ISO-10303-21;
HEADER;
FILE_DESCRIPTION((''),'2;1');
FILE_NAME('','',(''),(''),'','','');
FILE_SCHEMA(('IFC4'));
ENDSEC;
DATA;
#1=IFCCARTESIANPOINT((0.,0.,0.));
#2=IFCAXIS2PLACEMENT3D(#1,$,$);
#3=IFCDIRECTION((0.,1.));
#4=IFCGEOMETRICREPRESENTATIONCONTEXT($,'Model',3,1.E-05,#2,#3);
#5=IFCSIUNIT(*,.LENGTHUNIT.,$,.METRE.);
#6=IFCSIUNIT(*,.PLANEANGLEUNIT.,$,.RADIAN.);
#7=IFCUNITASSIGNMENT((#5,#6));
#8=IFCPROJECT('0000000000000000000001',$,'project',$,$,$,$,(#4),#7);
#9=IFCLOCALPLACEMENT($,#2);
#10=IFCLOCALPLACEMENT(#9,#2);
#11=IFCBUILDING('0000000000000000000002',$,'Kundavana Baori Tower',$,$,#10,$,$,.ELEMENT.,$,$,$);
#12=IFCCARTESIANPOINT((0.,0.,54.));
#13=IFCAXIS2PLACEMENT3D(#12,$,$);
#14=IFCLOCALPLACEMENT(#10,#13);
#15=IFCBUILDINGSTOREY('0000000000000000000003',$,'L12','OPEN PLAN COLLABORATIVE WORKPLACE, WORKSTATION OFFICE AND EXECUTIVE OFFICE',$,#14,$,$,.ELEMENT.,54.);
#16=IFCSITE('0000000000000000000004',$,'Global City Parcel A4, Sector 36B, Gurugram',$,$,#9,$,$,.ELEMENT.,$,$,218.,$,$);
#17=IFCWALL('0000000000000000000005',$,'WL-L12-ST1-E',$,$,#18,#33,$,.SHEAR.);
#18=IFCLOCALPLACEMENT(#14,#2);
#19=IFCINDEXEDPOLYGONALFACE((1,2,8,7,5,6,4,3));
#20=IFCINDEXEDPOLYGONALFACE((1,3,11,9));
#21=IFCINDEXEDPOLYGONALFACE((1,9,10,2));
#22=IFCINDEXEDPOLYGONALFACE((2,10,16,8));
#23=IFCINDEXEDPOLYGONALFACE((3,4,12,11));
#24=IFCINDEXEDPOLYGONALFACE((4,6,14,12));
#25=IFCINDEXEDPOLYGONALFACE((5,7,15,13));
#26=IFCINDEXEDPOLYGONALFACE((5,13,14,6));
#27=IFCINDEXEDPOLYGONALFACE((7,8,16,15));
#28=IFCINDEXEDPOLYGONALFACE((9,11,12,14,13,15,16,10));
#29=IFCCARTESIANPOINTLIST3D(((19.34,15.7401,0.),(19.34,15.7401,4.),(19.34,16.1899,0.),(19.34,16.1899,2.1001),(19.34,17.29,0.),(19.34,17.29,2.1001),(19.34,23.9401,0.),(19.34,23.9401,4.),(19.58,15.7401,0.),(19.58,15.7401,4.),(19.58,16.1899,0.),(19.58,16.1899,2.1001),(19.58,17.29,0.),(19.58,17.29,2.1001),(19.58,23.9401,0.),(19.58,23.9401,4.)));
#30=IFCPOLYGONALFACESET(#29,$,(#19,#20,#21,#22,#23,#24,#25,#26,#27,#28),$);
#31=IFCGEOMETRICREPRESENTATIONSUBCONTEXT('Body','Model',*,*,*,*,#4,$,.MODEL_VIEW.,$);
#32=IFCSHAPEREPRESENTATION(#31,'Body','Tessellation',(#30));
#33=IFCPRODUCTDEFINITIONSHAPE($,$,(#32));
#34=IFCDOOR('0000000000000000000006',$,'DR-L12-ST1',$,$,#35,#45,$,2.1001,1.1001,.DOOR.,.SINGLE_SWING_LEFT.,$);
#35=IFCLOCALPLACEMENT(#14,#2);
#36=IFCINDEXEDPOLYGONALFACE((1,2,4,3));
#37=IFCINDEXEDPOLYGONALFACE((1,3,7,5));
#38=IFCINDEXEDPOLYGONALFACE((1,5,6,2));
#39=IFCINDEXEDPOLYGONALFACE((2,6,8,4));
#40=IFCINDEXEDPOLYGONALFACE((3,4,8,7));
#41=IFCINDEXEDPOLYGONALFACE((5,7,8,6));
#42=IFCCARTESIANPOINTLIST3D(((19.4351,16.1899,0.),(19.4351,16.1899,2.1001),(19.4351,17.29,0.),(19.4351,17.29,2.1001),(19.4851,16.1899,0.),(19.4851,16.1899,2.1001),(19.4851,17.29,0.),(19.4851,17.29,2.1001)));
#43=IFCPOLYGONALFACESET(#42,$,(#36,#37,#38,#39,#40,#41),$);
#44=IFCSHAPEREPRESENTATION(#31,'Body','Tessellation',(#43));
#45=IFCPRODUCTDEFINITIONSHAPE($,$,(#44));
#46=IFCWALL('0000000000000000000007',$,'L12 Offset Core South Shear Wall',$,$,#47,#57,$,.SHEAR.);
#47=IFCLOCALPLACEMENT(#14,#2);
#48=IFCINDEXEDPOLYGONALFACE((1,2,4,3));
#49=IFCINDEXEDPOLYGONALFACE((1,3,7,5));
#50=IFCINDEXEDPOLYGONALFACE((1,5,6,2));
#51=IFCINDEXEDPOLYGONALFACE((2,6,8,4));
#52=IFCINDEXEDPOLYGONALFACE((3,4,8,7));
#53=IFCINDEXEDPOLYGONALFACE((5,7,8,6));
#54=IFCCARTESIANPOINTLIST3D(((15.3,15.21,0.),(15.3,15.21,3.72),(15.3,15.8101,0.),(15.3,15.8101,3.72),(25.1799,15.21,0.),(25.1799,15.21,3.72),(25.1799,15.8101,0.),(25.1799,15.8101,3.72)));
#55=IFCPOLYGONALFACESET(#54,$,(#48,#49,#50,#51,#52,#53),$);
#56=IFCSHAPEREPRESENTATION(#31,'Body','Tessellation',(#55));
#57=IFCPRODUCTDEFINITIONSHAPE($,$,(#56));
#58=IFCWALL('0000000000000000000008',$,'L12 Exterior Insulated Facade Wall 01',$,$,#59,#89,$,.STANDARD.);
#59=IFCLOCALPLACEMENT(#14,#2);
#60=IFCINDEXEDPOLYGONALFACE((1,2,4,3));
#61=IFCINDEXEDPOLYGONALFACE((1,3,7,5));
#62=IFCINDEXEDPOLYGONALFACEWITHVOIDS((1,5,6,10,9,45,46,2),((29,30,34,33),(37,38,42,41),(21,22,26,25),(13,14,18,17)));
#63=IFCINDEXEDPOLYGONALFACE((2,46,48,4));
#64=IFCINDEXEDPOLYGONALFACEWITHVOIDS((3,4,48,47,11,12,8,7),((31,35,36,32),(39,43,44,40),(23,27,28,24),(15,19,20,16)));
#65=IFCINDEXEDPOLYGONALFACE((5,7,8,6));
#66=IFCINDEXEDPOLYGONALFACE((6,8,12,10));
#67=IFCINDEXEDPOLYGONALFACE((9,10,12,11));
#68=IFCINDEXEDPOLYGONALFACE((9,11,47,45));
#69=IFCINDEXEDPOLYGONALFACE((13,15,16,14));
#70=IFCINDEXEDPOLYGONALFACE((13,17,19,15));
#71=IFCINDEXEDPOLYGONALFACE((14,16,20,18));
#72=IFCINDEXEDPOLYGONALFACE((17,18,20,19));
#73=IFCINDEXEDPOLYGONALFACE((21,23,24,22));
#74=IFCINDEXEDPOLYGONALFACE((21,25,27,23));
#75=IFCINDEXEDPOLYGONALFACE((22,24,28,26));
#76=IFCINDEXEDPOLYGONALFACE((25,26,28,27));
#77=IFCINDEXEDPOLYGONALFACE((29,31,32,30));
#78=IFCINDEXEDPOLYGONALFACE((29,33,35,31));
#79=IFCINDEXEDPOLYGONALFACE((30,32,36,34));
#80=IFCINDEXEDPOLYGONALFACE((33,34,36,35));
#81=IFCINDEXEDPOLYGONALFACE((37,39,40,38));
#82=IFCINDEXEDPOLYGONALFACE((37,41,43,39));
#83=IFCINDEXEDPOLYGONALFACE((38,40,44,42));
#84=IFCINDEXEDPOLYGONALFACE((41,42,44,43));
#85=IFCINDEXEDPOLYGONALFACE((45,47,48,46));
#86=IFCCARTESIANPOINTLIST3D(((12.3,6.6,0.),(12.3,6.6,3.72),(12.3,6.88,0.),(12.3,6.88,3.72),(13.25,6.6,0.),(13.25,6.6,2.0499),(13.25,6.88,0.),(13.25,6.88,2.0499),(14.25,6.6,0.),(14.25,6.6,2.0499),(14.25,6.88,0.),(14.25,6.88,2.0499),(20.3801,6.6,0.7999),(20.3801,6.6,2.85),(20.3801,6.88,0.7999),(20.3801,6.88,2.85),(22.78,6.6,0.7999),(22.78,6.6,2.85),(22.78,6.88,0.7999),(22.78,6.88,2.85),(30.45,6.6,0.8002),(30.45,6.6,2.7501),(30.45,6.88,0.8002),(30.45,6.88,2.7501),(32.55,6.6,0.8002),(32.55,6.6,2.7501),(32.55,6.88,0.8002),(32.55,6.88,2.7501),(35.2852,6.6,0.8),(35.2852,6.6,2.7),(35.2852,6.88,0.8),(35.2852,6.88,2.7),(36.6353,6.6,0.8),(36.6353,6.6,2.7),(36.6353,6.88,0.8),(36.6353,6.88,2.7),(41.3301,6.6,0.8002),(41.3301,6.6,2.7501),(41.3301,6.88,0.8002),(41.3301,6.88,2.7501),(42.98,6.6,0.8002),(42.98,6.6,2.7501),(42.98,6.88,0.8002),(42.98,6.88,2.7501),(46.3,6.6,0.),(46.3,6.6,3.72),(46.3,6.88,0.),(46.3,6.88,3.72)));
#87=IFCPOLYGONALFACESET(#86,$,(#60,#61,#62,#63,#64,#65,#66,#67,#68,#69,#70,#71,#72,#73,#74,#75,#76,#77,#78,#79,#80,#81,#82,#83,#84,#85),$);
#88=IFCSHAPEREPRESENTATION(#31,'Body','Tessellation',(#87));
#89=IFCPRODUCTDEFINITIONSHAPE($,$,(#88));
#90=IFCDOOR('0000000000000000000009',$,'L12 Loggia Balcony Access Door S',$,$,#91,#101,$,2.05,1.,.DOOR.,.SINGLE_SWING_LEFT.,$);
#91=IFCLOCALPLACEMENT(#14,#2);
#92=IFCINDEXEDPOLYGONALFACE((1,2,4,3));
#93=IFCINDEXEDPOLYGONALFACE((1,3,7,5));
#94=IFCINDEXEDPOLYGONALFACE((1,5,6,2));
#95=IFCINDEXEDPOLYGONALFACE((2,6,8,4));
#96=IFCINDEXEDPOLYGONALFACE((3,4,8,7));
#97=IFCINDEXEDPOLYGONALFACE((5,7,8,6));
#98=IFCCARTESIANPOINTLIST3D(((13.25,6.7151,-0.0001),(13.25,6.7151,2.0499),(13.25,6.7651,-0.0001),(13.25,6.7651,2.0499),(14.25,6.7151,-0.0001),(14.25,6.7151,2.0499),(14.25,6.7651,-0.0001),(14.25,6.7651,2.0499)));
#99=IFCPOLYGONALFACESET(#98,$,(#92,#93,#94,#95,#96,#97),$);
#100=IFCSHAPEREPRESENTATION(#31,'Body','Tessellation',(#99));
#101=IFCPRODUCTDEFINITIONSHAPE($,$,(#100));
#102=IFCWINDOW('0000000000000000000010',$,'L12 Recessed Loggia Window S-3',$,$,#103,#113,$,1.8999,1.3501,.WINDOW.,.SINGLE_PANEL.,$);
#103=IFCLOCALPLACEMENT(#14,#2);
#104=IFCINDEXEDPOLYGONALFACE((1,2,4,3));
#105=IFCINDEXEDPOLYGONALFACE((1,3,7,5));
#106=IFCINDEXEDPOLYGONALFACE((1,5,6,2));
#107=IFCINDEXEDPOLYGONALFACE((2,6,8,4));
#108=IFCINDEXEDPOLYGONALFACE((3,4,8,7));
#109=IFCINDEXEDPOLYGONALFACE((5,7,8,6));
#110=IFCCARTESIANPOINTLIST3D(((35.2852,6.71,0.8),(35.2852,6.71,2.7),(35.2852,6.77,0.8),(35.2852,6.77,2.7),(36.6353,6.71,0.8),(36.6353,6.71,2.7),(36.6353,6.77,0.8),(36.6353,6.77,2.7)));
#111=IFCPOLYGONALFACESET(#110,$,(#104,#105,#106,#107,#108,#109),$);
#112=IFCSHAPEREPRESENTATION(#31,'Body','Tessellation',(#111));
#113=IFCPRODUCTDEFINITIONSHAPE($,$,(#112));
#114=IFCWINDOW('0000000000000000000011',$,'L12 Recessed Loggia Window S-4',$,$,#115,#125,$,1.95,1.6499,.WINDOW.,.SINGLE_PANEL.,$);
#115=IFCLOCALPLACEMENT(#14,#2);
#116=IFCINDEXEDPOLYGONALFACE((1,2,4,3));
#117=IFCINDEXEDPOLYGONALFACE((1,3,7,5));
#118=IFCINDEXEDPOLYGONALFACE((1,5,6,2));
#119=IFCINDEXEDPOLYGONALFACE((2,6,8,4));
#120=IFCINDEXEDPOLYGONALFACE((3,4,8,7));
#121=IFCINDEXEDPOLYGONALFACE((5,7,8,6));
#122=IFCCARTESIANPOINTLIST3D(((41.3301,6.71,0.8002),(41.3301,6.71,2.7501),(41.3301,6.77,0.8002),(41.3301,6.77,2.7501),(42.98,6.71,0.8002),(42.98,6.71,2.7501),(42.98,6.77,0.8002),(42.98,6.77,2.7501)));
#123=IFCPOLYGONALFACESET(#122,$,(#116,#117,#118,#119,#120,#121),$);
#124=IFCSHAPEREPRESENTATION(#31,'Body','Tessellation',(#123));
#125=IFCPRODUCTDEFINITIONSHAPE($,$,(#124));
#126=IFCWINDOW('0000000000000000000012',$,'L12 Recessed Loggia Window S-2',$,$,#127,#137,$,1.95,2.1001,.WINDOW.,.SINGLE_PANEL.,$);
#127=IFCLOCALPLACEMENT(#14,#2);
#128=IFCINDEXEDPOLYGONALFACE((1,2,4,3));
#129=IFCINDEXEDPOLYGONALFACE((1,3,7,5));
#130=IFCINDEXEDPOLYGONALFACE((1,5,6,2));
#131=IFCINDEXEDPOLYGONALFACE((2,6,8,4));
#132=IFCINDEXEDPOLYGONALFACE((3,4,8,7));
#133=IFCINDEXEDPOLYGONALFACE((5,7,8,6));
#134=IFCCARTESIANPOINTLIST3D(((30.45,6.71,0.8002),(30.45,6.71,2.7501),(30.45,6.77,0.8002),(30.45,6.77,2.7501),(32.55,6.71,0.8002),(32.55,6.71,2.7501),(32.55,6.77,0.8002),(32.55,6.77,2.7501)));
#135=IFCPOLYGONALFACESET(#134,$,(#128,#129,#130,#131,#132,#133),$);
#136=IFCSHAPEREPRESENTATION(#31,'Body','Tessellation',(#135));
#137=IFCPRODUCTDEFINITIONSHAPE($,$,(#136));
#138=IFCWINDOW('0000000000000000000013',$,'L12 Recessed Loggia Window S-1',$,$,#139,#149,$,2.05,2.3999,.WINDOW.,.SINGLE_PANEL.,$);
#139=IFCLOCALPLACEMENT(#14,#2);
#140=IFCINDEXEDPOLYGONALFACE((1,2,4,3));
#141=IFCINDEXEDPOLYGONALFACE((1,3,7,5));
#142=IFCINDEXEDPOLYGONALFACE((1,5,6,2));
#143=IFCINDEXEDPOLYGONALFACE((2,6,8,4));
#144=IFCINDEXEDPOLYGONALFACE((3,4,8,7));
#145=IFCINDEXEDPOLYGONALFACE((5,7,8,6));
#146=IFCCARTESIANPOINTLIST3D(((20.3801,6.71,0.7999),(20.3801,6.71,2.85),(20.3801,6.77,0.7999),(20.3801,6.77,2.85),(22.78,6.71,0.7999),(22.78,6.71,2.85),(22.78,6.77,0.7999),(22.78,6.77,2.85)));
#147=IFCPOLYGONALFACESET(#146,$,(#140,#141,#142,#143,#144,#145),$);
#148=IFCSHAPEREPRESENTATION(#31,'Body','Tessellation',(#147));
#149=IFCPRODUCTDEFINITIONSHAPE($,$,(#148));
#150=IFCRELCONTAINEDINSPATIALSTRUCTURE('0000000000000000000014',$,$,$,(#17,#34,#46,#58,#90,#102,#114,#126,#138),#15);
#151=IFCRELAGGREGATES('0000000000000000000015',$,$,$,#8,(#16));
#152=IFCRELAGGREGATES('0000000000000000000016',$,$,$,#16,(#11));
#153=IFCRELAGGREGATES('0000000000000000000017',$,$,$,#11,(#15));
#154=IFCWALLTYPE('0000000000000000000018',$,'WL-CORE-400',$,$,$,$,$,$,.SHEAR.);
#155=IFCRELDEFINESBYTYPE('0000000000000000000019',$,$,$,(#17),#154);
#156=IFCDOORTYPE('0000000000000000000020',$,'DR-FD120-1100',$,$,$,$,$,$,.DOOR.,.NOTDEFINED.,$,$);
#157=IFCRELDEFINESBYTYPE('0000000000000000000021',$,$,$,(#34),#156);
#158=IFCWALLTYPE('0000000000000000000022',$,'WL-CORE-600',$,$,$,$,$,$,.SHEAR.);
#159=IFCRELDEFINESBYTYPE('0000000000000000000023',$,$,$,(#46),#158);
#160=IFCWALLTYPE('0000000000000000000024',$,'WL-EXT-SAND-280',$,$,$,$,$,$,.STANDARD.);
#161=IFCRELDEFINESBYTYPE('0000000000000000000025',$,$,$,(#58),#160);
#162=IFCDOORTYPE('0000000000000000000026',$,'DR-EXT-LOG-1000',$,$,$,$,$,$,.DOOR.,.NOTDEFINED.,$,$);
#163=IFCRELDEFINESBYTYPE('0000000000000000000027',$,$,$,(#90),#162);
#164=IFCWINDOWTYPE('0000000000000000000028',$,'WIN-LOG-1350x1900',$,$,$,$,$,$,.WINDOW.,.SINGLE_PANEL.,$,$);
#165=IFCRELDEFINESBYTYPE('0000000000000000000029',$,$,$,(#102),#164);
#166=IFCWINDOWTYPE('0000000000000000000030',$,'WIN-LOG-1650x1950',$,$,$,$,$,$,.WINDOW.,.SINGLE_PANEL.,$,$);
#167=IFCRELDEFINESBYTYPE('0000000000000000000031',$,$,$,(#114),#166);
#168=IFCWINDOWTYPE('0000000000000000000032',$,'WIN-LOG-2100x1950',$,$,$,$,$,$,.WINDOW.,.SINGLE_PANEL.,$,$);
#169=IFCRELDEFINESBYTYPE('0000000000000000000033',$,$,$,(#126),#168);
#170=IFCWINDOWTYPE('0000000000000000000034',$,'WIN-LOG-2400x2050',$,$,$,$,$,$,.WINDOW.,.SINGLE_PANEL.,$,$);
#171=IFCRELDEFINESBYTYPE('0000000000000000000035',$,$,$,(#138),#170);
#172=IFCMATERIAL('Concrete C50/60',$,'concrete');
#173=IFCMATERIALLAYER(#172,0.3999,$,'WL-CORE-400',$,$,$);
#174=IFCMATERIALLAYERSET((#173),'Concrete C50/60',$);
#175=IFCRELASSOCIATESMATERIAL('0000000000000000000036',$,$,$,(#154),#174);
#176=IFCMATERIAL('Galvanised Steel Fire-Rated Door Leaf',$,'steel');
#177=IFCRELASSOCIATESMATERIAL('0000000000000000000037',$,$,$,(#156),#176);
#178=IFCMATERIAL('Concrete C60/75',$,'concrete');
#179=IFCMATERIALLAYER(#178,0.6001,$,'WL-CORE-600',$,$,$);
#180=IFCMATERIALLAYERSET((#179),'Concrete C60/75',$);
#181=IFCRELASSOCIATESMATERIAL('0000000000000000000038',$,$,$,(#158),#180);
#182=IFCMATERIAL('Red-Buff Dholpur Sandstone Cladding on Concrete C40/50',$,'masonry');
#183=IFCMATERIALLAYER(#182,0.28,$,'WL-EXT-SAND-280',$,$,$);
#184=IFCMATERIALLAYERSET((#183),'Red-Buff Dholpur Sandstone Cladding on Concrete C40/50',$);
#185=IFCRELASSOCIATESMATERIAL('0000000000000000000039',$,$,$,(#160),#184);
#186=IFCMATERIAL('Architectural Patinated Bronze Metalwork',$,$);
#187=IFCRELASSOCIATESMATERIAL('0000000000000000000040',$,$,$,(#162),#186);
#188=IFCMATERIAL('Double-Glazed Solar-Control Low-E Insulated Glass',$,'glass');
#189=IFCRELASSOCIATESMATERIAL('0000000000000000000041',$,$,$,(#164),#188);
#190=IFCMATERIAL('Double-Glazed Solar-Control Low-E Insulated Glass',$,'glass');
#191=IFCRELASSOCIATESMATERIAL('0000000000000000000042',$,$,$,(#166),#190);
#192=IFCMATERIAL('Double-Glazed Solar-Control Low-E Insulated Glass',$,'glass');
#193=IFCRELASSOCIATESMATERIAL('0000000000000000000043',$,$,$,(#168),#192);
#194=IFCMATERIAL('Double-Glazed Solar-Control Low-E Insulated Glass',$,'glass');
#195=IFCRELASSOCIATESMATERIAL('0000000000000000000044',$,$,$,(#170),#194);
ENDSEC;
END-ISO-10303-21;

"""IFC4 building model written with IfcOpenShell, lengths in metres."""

from ifc_helpers import new_model, si_unit, direction, frame, frame_2d, origin, place, context, subcontext, project, spatial, rectangle, extrude, material, layer, layer_set, type_object, element, fill, save


model = new_model("IFC4")

# Units and contexts
model_context = context("Model", 3, precision=1e-05, world=origin(), true_north=direction((0.0, 1.0)))
body_context = subcontext(model_context, "Body", "Model", "MODEL_VIEW")
ifc_project = project(units=[si_unit("LENGTHUNIT", "METRE"), si_unit("PLANEANGLEUNIT", "RADIAN")], contexts=[model_context])

# Site, building, storey
site_placement = place(None, origin())
site = spatial("IfcSite", under=ifc_project, at=site_placement, Name="Global City Parcel A4, Sector 36B, Gurugram", CompositionType="ELEMENT", RefElevation=218.0)
building_placement = place(site_placement, origin())
building = spatial("IfcBuilding", under=site, at=building_placement, Name="Kundavana Baori Tower", CompositionType="ELEMENT")
storey_placement = place(building_placement, frame((0.0, 0.0, 54.0)))
storey = spatial("IfcBuildingStorey", under=building, at=storey_placement, Name="L12", Description="OPEN PLAN COLLABORATIVE WORKPLACE, WORKSTATION OFFICE AND EXECUTIVE OFFICE", CompositionType="ELEMENT", Elevation=54.0)

# Wall, opening, door
ifc_material_1 = material(Name="Concrete C50/60", Category="concrete")
ifc_layer_1 = layer(ifc_material_1, 0.3999, Name="WL-CORE-400")
ifc_layer_set_1 = layer_set([ifc_layer_1], Name="Concrete C50/60")
wall_type_1 = type_object("IfcWallType", Name="WL-CORE-400", PredefinedType="SHEAR", material=ifc_layer_set_1)
wall_1_placement = place(storey_placement, frame((19.46, 15.74, 0.0), z_axis=(0.0, 0.0, 1.0), x_axis=(0.0, 1.0, 0.0)))
wall_1 = element("IfcWall", 1, at=wall_1_placement, inside=storey, type_object=wall_type_1, Name="WL-L12-ST1-E", PredefinedType="SHEAR", context=body_context, shape_type="SweptSolid", body=[
    extrude(rectangle(XDim=8.2, YDim=0.24, at=frame_2d((4.1001, 0.0))), origin(), (0.0, 0.0, 1.0), 4.0),
])
opening_1_placement = place(wall_1_placement, frame((0.45, 0.0, 0.0)))
opening_1 = element("IfcOpeningElement", 2, at=opening_1_placement, cuts=wall_1, PredefinedType="OPENING", context=body_context, shape_type="SweptSolid", body=[
    extrude(rectangle(XDim=1.1001, YDim=2.1001, at=frame_2d((0.55, 1.05))), frame((0.0, 0.1299, 0.0), z_axis=(0.0, -1.0, 0.0), x_axis=(1.0, 0.0, 0.0)), (0.0, 0.0, 1.0), 0.26),
])
ifc_material_2 = material(Name="Galvanised Steel Fire-Rated Door Leaf", Category="steel")
door_type_1 = type_object("IfcDoorType", Name="DR-FD120-1100", OperationType="NOTDEFINED", PredefinedType="DOOR", material=ifc_material_2)
door_1_placement = place(opening_1_placement, origin())
door_1 = element("IfcDoor", 3, at=door_1_placement, inside=storey, type_object=door_type_1, Name="DR-L12-ST1", OperationType="SINGLE_SWING_LEFT", OverallHeight=2.1001, OverallWidth=1.1001, PredefinedType="DOOR", context=body_context, shape_type="SweptSolid", body=[
    extrude(rectangle(XDim=1.1001, YDim=2.1001, at=frame_2d((0.55, 1.05))), frame((0.0, 0.0249, 0.0), z_axis=(0.0, -1.0, 0.0), x_axis=(1.0, 0.0, 0.0)), (0.0, 0.0, 1.0), 0.05),
])
fill(opening_1, door_1)

# Wall
ifc_material_3 = material(Name="Concrete C60/75", Category="concrete")
ifc_layer_2 = layer(ifc_material_3, 0.6001, Name="WL-CORE-600")
ifc_layer_set_2 = layer_set([ifc_layer_2], Name="Concrete C60/75")
wall_type_2 = type_object("IfcWallType", Name="WL-CORE-600", PredefinedType="SHEAR", material=ifc_layer_set_2)
wall_2_placement = place(storey_placement, frame((15.3, 15.51, 0.0), z_axis=(0.0, 0.0, 1.0), x_axis=(1.0, 0.0, 0.0)))
element("IfcWall", 4, at=wall_2_placement, inside=storey, type_object=wall_type_2, Name="L12 Offset Core South Shear Wall", PredefinedType="SHEAR", context=body_context, shape_type="SweptSolid", body=[
    extrude(rectangle(XDim=9.8799, YDim=0.6001, at=frame_2d((4.9399, 0.0))), origin(), (0.0, 0.0, 1.0), 3.72),
])

# Wall, openings, door, windows
ifc_material_4 = material(Name="Red-Buff Dholpur Sandstone Cladding on Concrete C40/50", Category="masonry")
ifc_layer_3 = layer(ifc_material_4, 0.28, Name="WL-EXT-SAND-280")
ifc_layer_set_3 = layer_set([ifc_layer_3], Name="Red-Buff Dholpur Sandstone Cladding on Concrete C40/50")
wall_type_3 = type_object("IfcWallType", Name="WL-EXT-SAND-280", PredefinedType="STANDARD", material=ifc_layer_set_3)
wall_3_placement = place(storey_placement, frame((12.3, 6.74, 0.0), z_axis=(0.0, 0.0, 1.0), x_axis=(1.0, 0.0, 0.0)))
wall_3 = element("IfcWall", 5, at=wall_3_placement, inside=storey, type_object=wall_type_3, Name="L12 Exterior Insulated Facade Wall 01", PredefinedType="STANDARD", context=body_context, shape_type="SweptSolid", body=[
    extrude(rectangle(XDim=34.0, YDim=0.28, at=frame_2d((17.0, 0.0))), origin(), (0.0, 0.0, 1.0), 3.72),
])
opening_2_placement = place(wall_3_placement, frame((0.95, 0.0, 0.0)))
opening_2 = element("IfcOpeningElement", 6, at=opening_2_placement, cuts=wall_3, PredefinedType="OPENING", context=body_context, shape_type="SweptSolid", body=[
    extrude(rectangle(XDim=1.0, YDim=2.05, at=frame_2d((0.5, 1.0249))), frame((0.0, 0.1499, 0.0), z_axis=(0.0, -1.0, 0.0), x_axis=(1.0, 0.0, 0.0)), (0.0, 0.0, 1.0), 0.3),
])
opening_3_placement = place(wall_3_placement, frame((8.0801, 0.0, 0.8)))
opening_3 = element("IfcOpeningElement", 7, at=opening_3_placement, cuts=wall_3, PredefinedType="OPENING", context=body_context, shape_type="SweptSolid", body=[
    extrude(rectangle(XDim=2.3999, YDim=2.05, at=frame_2d((1.2, 1.0249))), frame((0.0, 0.1499, 0.0), z_axis=(0.0, -1.0, 0.0), x_axis=(1.0, 0.0, 0.0)), (0.0, 0.0, 1.0), 0.3),
])
opening_4_placement = place(wall_3_placement, frame((18.1499, 0.0, 0.8)))
opening_4 = element("IfcOpeningElement", 8, at=opening_4_placement, cuts=wall_3, PredefinedType="OPENING", context=body_context, shape_type="SweptSolid", body=[
    extrude(rectangle(XDim=2.1001, YDim=1.95, at=frame_2d((1.05, 0.9751))), frame((0.0, 0.1499, 0.0), z_axis=(0.0, -1.0, 0.0), x_axis=(1.0, 0.0, 0.0)), (0.0, 0.0, 1.0), 0.3),
])
opening_5_placement = place(wall_3_placement, frame((22.9851, 0.0, 0.8)))
opening_5 = element("IfcOpeningElement", 9, at=opening_5_placement, cuts=wall_3, PredefinedType="OPENING", context=body_context, shape_type="SweptSolid", body=[
    extrude(rectangle(XDim=1.3501, YDim=1.8999, at=frame_2d((0.675, 0.95))), frame((0.0, 0.1499, 0.0), z_axis=(0.0, -1.0, 0.0), x_axis=(1.0, 0.0, 0.0)), (0.0, 0.0, 1.0), 0.3),
])
opening_6_placement = place(wall_3_placement, frame((29.03, 0.0, 0.8)))
opening_6 = element("IfcOpeningElement", 10, at=opening_6_placement, cuts=wall_3, PredefinedType="OPENING", context=body_context, shape_type="SweptSolid", body=[
    extrude(rectangle(XDim=1.6499, YDim=1.95, at=frame_2d((0.825, 0.9751))), frame((0.0, 0.1499, 0.0), z_axis=(0.0, -1.0, 0.0), x_axis=(1.0, 0.0, 0.0)), (0.0, 0.0, 1.0), 0.3),
])
ifc_material_5 = material(Name="Architectural Patinated Bronze Metalwork")
door_type_2 = type_object("IfcDoorType", Name="DR-EXT-LOG-1000", OperationType="NOTDEFINED", PredefinedType="DOOR", material=ifc_material_5)
door_2_placement = place(opening_2_placement, frame((1.0, 0.0, 0.0), z_axis=(0.0, 0.0, 1.0), x_axis=(-1.0, 0.0, 0.0)))
door_2 = element("IfcDoor", 11, at=door_2_placement, inside=storey, type_object=door_type_2, Name="L12 Loggia Balcony Access Door S", OperationType="SINGLE_SWING_LEFT", OverallHeight=2.05, OverallWidth=1.0, PredefinedType="DOOR", context=body_context, shape_type="SweptSolid", body=[
    extrude(rectangle(XDim=1.0, YDim=2.05, at=frame_2d((0.5, 1.0249))), frame((0.0, 0.0249, 0.0), z_axis=(0.0, -1.0, 0.0), x_axis=(1.0, 0.0, 0.0)), (0.0, 0.0, 1.0), 0.05),
])
fill(opening_2, door_2)
ifc_material_6 = material(Name="Double-Glazed Solar-Control Low-E Insulated Glass", Category="glass")
window_type_1 = type_object("IfcWindowType", Name="WIN-LOG-1350x1900", PartitioningType="SINGLE_PANEL", PredefinedType="WINDOW", material=ifc_material_6)
window_1_placement = place(opening_5_placement, origin())
window_1 = element("IfcWindow", 12, at=window_1_placement, inside=storey, type_object=window_type_1, Name="L12 Recessed Loggia Window S-3", OverallHeight=1.8999, OverallWidth=1.3501, PartitioningType="SINGLE_PANEL", PredefinedType="WINDOW", context=body_context, shape_type="SweptSolid", body=[
    extrude(rectangle(XDim=1.3501, YDim=1.8999, at=frame_2d((0.675, 0.95))), frame((0.0, 0.03, 0.0), z_axis=(0.0, -1.0, 0.0), x_axis=(1.0, 0.0, 0.0)), (0.0, 0.0, 1.0), 0.0601),
])
fill(opening_5, window_1)
ifc_material_7 = material(Name="Double-Glazed Solar-Control Low-E Insulated Glass", Category="glass")
window_type_2 = type_object("IfcWindowType", Name="WIN-LOG-1650x1950", PartitioningType="SINGLE_PANEL", PredefinedType="WINDOW", material=ifc_material_7)
window_2_placement = place(opening_6_placement, origin())
window_2 = element("IfcWindow", 13, at=window_2_placement, inside=storey, type_object=window_type_2, Name="L12 Recessed Loggia Window S-4", OverallHeight=1.95, OverallWidth=1.6499, PartitioningType="SINGLE_PANEL", PredefinedType="WINDOW", context=body_context, shape_type="SweptSolid", body=[
    extrude(rectangle(XDim=1.6499, YDim=1.95, at=frame_2d((0.825, 0.9751))), frame((0.0, 0.03, 0.0), z_axis=(0.0, -1.0, 0.0), x_axis=(1.0, 0.0, 0.0)), (0.0, 0.0, 1.0), 0.0601),
])
fill(opening_6, window_2)
ifc_material_8 = material(Name="Double-Glazed Solar-Control Low-E Insulated Glass", Category="glass")
window_type_3 = type_object("IfcWindowType", Name="WIN-LOG-2100x1950", PartitioningType="SINGLE_PANEL", PredefinedType="WINDOW", material=ifc_material_8)
window_3_placement = place(opening_4_placement, origin())
window_3 = element("IfcWindow", 14, at=window_3_placement, inside=storey, type_object=window_type_3, Name="L12 Recessed Loggia Window S-2", OverallHeight=1.95, OverallWidth=2.1001, PartitioningType="SINGLE_PANEL", PredefinedType="WINDOW", context=body_context, shape_type="SweptSolid", body=[
    extrude(rectangle(XDim=2.1001, YDim=1.95, at=frame_2d((1.05, 0.9751))), frame((0.0, 0.03, 0.0), z_axis=(0.0, -1.0, 0.0), x_axis=(1.0, 0.0, 0.0)), (0.0, 0.0, 1.0), 0.0601),
])
fill(opening_4, window_3)
ifc_material_9 = material(Name="Double-Glazed Solar-Control Low-E Insulated Glass", Category="glass")
window_type_4 = type_object("IfcWindowType", Name="WIN-LOG-2400x2050", PartitioningType="SINGLE_PANEL", PredefinedType="WINDOW", material=ifc_material_9)
window_4_placement = place(opening_3_placement, origin())
window_4 = element("IfcWindow", 15, at=window_4_placement, inside=storey, type_object=window_type_4, Name="L12 Recessed Loggia Window S-1", OverallHeight=2.05, OverallWidth=2.3999, PartitioningType="SINGLE_PANEL", PredefinedType="WINDOW", context=body_context, shape_type="SweptSolid", body=[
    extrude(rectangle(XDim=2.3999, YDim=2.05, at=frame_2d((1.2, 1.0249))), frame((0.0, 0.03, 0.0), z_axis=(0.0, -1.0, 0.0), x_axis=(1.0, 0.0, 0.0)), (0.0, 0.0, 1.0), 0.0601),
])
fill(opening_3, window_4)

save(model, "model.ifc")
